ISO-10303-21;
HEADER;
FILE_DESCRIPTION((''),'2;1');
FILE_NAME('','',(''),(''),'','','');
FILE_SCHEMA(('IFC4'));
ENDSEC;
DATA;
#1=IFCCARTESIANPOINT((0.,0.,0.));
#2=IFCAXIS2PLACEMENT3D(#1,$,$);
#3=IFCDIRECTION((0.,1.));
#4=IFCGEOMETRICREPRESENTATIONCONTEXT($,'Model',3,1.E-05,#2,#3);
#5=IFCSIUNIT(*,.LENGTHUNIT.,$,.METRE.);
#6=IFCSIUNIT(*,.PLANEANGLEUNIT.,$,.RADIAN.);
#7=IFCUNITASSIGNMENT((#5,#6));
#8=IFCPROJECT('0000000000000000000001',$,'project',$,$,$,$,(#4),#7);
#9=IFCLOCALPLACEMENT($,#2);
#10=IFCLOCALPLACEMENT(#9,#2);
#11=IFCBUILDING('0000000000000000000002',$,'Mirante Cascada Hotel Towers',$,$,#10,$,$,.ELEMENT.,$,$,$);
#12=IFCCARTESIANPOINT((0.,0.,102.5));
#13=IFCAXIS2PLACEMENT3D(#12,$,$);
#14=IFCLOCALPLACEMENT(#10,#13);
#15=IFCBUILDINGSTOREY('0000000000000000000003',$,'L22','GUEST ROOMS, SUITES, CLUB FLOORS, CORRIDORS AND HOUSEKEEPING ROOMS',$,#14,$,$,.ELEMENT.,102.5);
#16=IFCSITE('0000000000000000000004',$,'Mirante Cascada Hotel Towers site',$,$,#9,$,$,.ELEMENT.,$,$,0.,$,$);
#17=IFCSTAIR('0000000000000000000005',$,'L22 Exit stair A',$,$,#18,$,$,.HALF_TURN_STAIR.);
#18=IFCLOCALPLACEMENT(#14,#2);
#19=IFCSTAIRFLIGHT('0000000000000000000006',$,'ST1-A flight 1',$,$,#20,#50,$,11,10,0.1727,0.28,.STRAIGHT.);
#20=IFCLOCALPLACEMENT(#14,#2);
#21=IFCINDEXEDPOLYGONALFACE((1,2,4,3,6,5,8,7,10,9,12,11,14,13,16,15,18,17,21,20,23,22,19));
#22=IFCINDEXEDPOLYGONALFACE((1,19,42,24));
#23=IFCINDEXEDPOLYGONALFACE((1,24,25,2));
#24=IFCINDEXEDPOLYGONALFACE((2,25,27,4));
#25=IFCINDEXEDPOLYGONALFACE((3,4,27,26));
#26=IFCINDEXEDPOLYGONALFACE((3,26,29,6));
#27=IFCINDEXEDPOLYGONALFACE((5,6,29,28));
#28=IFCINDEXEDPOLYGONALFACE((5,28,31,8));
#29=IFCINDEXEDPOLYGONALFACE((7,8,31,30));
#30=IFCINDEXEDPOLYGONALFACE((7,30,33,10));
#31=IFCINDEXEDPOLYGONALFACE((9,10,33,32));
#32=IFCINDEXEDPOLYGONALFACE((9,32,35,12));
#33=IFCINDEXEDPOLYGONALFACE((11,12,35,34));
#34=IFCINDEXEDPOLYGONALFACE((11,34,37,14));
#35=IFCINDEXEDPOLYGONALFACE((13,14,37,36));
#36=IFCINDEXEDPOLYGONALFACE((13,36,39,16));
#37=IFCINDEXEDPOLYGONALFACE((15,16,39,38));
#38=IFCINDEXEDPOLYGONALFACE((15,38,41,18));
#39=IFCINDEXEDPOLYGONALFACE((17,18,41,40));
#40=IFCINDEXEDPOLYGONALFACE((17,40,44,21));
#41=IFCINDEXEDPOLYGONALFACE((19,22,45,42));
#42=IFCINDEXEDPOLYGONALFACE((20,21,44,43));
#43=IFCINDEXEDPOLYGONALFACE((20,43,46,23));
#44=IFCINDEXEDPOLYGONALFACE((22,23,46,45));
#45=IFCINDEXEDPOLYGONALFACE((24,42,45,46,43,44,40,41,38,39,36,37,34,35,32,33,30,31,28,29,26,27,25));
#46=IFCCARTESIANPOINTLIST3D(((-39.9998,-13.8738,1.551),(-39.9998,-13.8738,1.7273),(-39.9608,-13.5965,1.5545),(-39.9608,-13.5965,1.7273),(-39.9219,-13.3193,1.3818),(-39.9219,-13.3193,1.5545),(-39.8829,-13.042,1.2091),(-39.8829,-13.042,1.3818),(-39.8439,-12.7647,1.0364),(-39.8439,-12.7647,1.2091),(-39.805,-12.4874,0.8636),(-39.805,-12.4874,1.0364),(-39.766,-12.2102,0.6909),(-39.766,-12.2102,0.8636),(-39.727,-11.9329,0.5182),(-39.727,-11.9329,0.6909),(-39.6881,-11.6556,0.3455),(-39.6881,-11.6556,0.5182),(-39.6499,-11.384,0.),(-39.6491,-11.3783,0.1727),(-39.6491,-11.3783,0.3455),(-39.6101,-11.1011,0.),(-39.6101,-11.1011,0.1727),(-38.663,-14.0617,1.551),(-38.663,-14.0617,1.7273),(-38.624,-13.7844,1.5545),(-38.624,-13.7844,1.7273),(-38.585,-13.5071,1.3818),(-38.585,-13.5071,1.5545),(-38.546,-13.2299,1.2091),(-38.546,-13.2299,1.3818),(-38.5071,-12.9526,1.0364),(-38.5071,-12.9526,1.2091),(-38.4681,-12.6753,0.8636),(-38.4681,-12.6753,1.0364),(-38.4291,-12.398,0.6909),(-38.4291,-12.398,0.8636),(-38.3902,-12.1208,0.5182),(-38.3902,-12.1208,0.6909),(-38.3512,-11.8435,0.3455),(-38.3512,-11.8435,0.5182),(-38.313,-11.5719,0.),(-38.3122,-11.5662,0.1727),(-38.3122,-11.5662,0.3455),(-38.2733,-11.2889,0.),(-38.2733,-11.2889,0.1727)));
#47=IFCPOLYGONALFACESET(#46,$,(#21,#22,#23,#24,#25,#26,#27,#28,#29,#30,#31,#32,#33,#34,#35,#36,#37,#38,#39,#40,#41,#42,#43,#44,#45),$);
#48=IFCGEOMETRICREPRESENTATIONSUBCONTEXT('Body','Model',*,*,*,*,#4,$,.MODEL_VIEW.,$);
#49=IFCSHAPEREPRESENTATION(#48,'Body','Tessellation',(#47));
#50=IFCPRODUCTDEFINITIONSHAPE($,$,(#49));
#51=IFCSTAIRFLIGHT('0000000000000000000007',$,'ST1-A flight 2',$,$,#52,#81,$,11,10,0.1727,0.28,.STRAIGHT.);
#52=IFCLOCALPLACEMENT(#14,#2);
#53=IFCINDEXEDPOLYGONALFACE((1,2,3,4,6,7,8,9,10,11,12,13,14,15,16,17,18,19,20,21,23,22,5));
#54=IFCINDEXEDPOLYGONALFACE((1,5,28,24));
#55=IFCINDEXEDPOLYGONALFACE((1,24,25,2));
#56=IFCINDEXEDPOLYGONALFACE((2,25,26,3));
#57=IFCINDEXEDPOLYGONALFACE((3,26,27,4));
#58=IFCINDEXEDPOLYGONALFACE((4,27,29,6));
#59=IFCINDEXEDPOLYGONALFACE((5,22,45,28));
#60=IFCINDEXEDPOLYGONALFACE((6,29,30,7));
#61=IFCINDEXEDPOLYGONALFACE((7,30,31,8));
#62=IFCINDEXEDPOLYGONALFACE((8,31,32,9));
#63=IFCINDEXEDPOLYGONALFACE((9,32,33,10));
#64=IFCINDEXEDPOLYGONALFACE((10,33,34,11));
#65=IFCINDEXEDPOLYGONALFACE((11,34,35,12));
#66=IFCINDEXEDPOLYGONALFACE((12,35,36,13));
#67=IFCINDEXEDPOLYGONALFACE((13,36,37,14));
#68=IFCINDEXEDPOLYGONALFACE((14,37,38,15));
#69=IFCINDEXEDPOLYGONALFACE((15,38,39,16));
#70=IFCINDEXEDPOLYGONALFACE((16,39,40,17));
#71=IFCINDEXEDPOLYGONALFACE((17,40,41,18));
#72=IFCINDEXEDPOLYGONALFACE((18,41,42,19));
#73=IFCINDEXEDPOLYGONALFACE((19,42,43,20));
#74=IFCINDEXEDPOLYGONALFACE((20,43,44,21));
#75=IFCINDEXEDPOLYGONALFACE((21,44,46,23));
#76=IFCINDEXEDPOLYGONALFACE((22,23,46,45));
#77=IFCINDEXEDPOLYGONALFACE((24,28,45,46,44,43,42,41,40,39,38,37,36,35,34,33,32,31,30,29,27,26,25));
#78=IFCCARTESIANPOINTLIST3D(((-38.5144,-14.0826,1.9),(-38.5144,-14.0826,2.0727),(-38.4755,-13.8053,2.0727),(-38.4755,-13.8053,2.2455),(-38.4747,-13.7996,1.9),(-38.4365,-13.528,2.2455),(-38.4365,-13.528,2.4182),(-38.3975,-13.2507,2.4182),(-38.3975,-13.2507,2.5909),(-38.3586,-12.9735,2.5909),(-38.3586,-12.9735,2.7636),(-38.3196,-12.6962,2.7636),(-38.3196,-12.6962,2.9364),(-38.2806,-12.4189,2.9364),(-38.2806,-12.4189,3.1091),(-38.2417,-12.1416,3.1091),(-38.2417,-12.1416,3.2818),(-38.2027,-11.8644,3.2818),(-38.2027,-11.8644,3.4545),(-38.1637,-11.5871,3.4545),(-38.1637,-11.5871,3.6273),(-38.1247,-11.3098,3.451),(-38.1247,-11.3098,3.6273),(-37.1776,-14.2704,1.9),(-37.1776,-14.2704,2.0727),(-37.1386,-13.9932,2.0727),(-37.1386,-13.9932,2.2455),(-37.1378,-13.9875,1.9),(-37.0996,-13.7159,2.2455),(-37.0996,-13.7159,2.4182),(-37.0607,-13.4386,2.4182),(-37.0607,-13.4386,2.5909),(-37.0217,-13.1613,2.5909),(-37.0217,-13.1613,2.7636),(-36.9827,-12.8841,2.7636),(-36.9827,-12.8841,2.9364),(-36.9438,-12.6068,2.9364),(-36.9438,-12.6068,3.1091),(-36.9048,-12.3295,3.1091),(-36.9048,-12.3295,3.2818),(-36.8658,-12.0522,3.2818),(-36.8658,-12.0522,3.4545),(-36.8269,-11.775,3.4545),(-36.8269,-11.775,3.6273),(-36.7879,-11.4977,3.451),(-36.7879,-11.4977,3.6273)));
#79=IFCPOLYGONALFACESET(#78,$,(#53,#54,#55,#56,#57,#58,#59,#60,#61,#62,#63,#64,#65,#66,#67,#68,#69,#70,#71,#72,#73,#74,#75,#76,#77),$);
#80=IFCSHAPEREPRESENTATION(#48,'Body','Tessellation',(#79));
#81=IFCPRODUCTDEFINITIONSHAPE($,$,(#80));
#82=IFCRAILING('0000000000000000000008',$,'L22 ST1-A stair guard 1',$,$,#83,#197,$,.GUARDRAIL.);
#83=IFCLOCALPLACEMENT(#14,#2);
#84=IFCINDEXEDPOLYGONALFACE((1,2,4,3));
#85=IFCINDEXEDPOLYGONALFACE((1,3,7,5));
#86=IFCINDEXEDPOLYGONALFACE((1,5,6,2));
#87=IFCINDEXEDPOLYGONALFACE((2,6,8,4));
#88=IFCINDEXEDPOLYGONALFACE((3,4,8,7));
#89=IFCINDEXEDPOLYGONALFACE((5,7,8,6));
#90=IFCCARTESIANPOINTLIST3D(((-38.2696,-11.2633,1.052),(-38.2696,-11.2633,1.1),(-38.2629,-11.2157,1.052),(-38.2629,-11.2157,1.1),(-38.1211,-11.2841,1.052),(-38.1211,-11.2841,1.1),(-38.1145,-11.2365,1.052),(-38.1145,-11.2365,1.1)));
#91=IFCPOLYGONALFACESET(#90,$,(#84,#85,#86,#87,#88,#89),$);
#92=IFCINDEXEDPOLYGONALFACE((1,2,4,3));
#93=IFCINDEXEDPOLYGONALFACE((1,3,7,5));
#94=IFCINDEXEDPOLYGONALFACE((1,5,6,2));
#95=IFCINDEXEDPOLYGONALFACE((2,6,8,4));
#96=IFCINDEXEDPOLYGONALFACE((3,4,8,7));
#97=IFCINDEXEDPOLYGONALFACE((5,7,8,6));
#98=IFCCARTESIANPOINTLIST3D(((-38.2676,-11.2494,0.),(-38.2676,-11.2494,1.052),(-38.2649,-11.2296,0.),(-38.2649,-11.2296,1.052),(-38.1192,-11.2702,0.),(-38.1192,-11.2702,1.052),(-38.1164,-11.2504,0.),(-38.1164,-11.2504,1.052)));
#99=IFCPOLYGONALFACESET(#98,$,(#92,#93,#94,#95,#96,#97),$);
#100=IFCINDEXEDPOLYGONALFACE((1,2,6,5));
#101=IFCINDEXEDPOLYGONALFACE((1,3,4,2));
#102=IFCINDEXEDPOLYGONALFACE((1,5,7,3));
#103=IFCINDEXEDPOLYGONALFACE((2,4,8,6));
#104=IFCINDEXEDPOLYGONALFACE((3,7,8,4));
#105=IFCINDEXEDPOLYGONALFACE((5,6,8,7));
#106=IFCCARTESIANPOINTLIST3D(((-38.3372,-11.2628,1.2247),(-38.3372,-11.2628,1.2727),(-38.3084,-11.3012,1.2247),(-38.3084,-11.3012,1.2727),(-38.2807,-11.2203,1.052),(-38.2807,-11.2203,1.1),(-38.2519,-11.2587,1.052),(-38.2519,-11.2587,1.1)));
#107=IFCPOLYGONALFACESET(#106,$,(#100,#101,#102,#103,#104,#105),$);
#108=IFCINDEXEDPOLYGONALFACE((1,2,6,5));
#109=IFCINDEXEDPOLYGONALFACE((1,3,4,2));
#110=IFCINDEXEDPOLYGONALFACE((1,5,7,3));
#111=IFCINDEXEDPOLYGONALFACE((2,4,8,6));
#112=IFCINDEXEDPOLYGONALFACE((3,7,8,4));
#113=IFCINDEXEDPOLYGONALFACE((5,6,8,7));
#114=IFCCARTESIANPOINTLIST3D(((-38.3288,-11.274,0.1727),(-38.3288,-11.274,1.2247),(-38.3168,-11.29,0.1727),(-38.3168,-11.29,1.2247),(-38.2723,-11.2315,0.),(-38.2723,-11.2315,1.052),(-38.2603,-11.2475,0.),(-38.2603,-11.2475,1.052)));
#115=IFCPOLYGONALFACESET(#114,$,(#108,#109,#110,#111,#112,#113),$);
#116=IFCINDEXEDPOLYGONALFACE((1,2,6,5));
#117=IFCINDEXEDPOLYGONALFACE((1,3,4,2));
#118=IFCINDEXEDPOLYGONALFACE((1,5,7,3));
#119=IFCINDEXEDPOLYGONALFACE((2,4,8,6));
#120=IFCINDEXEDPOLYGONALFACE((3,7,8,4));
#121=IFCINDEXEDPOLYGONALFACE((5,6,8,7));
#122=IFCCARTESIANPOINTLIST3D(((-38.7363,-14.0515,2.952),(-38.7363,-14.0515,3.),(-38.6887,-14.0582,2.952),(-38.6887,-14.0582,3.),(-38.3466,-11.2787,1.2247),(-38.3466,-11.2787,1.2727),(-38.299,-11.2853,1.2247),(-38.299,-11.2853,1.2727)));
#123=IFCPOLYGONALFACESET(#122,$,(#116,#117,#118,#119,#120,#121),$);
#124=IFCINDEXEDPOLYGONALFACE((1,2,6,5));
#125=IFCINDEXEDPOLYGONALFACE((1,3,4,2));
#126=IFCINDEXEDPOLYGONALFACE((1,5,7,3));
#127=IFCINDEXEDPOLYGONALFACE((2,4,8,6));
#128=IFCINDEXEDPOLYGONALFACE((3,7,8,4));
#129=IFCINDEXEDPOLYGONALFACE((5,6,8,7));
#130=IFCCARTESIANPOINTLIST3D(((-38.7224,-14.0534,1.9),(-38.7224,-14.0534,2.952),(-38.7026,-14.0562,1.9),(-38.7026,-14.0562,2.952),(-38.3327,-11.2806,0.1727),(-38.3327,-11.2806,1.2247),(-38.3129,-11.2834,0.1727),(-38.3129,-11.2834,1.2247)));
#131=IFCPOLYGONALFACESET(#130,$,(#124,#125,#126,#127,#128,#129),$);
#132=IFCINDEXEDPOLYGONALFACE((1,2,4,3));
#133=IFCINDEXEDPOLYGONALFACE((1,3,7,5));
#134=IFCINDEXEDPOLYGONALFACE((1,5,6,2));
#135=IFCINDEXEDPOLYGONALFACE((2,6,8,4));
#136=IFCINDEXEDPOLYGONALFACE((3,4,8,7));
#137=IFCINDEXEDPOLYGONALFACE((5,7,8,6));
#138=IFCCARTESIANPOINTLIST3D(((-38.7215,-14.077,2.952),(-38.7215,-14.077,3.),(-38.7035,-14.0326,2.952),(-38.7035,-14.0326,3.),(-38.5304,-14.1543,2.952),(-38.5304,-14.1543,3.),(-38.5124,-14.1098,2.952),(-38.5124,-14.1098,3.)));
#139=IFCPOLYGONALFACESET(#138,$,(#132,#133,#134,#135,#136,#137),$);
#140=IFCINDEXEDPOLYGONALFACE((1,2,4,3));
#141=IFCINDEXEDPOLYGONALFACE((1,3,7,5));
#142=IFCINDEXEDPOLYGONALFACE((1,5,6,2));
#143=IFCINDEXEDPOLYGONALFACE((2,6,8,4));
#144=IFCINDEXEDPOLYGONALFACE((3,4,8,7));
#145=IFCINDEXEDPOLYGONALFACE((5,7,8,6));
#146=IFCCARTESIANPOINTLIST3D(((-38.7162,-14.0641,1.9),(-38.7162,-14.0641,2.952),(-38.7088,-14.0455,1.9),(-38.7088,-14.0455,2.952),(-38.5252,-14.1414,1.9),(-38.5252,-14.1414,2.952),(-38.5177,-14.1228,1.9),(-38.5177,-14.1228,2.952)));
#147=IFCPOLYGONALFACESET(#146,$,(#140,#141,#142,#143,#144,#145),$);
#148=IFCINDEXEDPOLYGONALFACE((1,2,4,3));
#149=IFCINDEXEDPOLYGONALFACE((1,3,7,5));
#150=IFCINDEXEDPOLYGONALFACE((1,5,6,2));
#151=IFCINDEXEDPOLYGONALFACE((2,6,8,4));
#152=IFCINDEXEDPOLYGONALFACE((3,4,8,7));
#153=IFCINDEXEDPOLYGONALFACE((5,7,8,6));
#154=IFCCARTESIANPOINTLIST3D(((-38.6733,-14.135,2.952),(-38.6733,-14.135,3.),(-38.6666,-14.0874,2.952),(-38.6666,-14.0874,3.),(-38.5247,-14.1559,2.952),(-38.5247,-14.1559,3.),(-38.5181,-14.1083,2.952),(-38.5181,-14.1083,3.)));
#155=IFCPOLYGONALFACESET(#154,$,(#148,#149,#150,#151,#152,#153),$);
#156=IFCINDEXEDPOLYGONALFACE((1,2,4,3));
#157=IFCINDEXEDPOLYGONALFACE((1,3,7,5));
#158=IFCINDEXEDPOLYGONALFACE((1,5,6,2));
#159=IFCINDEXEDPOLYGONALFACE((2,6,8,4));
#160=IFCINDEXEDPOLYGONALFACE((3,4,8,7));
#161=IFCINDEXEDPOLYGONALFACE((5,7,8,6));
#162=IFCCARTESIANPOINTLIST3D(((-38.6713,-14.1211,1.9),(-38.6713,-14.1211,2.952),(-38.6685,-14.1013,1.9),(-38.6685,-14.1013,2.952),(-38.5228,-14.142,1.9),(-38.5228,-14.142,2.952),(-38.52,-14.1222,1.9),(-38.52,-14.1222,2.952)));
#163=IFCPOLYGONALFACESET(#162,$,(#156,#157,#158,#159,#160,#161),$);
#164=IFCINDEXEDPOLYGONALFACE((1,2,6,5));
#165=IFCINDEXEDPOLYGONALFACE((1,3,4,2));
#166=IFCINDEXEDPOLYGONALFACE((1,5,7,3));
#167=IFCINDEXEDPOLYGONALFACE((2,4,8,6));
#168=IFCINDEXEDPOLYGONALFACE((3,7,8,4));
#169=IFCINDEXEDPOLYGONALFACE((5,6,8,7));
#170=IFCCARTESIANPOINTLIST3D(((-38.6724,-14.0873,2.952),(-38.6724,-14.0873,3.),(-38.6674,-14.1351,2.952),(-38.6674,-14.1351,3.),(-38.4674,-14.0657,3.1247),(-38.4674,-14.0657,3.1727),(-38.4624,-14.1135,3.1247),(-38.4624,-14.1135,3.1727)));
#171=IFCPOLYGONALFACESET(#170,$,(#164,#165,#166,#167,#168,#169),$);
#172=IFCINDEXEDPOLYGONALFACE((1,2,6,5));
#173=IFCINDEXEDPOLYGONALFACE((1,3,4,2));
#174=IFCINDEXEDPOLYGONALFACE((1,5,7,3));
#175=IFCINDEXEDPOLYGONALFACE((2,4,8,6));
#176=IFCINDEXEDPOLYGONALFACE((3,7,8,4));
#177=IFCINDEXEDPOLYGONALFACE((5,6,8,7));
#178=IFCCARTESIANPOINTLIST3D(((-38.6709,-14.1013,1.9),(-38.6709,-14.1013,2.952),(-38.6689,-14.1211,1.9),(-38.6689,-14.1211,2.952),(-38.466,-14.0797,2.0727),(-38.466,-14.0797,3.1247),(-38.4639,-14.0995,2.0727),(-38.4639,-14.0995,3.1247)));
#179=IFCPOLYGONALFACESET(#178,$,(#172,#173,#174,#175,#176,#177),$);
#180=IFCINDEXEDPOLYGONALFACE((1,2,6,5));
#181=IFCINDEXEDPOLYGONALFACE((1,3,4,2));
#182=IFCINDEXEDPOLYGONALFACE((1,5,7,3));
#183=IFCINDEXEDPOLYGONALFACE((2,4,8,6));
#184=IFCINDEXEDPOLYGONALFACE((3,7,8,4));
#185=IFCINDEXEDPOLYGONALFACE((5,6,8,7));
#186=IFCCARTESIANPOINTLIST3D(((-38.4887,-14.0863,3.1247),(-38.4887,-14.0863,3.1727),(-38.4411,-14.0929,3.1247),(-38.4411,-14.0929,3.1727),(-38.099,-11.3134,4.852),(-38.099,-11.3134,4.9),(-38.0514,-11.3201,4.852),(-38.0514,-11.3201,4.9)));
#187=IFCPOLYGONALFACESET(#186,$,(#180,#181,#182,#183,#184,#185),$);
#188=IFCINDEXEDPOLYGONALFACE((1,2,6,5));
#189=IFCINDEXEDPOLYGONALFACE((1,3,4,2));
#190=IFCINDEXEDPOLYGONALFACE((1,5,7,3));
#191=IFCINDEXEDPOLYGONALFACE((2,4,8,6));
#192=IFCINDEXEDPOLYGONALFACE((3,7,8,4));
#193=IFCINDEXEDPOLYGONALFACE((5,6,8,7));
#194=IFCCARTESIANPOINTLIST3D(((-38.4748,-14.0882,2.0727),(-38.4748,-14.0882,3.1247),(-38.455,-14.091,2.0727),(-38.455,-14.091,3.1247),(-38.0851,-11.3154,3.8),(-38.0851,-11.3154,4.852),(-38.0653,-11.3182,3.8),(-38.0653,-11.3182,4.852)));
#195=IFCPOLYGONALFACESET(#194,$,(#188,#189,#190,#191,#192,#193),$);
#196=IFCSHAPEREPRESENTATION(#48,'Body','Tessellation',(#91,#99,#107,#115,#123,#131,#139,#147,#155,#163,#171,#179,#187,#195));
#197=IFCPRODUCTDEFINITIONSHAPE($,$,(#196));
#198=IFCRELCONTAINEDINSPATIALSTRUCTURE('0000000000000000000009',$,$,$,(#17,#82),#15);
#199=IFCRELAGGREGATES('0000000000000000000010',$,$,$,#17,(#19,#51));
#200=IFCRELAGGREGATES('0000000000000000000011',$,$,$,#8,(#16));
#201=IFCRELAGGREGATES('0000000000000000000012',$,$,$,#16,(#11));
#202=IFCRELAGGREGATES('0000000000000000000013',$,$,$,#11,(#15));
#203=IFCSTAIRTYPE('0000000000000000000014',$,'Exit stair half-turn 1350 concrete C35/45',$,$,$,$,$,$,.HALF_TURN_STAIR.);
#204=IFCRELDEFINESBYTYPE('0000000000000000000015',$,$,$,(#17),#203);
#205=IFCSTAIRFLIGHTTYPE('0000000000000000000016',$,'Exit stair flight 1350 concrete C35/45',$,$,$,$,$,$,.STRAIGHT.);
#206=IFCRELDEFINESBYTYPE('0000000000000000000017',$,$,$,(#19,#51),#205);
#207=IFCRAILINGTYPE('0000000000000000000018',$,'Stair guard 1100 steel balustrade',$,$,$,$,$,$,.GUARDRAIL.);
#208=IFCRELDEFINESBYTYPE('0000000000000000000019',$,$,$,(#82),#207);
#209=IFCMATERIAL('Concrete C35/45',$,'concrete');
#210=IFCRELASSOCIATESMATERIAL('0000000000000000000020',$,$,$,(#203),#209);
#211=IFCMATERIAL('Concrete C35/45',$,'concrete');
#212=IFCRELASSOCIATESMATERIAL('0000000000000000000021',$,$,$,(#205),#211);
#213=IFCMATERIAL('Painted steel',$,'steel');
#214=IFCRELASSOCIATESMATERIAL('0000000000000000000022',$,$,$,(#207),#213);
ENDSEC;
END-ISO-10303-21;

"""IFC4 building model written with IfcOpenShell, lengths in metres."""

from ifc_helpers import new_model, si_unit, direction, frame, origin, origin_2d, place, context, subcontext, project, spatial, polyline, rectangle, outline, extrude, material, type_object, element, aggregate, save


model = new_model("IFC4")

# Units and contexts
model_context = context("Model", 3, precision=1e-05, world=origin(), true_north=direction((0.0, 1.0)))
body_context = subcontext(model_context, "Body", "Model", "MODEL_VIEW")
ifc_project = project(units=[si_unit("LENGTHUNIT", "METRE"), si_unit("PLANEANGLEUNIT", "RADIAN")], contexts=[model_context])

# Site, building, storey
site_placement = place(None, origin())
site = spatial("IfcSite", under=ifc_project, at=site_placement, Name="Mirante Cascada Hotel Towers site", CompositionType="ELEMENT", RefElevation=0.0)
building_placement = place(site_placement, origin())
building = spatial("IfcBuilding", under=site, at=building_placement, Name="Mirante Cascada Hotel Towers", CompositionType="ELEMENT")
storey_placement = place(building_placement, frame((0.0, 0.0, 102.5)))
storey = spatial("IfcBuildingStorey", under=building, at=storey_placement, Name="L22", Description="GUEST ROOMS, SUITES, CLUB FLOORS, CORRIDORS AND HOUSEKEEPING ROOMS", CompositionType="ELEMENT", Elevation=102.5)

# Stair, stair flights
ifc_material_1 = material(Name="Concrete C35/45", Category="concrete")
stair_type = type_object("IfcStairType", Name="Exit stair half-turn 1350 concrete C35/45", PredefinedType="HALF_TURN_STAIR", material=ifc_material_1)
stair_placement = place(storey_placement, origin())
stair = element("IfcStair", 1, at=stair_placement, inside=storey, type_object=stair_type, Name="L22 Exit stair A", PredefinedType="HALF_TURN_STAIR")
ifc_material_2 = material(Name="Concrete C35/45", Category="concrete")
stair_flight_type = type_object("IfcStairFlightType", Name="Exit stair flight 1350 concrete C35/45", PredefinedType="STRAIGHT", material=ifc_material_2)
stair_flight_1_placement = place(storey_placement, frame((-38.9417, -11.195, 0.0), z_axis=(0.0, 0.0, 1.0), x_axis=(-0.139173, -0.990268, 0.0)))
stair_flight_1 = element("IfcStairFlight", 2, at=stair_flight_1_placement, type_object=stair_flight_type, Name="ST1-A flight 1", NumberOfRisers=11, NumberOfTreads=10, PredefinedType="STRAIGHT", RiserHeight=0.1727, TreadLength=0.28, context=body_context, shape_type="SweptSolid", body=[
    extrude(outline(polyline([(0.0, 0.0), (0.0, 0.1727), (0.28, 0.1727), (0.28, 0.3455), (0.56, 0.3455), (0.56, 0.5182), (0.84, 0.5182), (0.84, 0.6909), (1.12, 0.6909), (1.12, 0.8636), (1.4, 0.8636), (1.4, 1.0364), (1.68, 1.0364), (1.68, 1.2091), (1.96, 1.2091), (1.96, 1.3818), (2.24, 1.3818), (2.24, 1.5545), (2.52, 1.5545), (2.52, 1.7273), (2.8, 1.7273), (2.8, 1.9), (2.8, 1.551), (0.2857, 0.0), (0.0, 0.0)])), frame((0.0, 0.675, 0.0), z_axis=(0.0, -1.0, 0.0), x_axis=(1.0, 0.0, 0.0)), (0.0, 0.0, 1.0), 1.35),
])
stair_flight_2_placement = place(storey_placement, frame((-37.846, -14.1765, 1.9), z_axis=(0.0, 0.0, 1.0), x_axis=(0.139173, 0.990268, 0.0)))
stair_flight_2 = element("IfcStairFlight", 3, at=stair_flight_2_placement, type_object=stair_flight_type, Name="ST1-A flight 2", NumberOfRisers=11, NumberOfTreads=10, PredefinedType="STRAIGHT", RiserHeight=0.1727, TreadLength=0.28, context=body_context, shape_type="SweptSolid", body=[
    extrude(outline(polyline([(0.0, 0.0), (0.0, 0.1727), (0.28, 0.1727), (0.28, 0.3455), (0.56, 0.3455), (0.56, 0.5182), (0.84, 0.5182), (0.84, 0.6909), (1.12, 0.6909), (1.12, 0.8636), (1.4, 0.8636), (1.4, 1.0364), (1.68, 1.0364), (1.68, 1.2091), (1.96, 1.2091), (1.96, 1.3818), (2.24, 1.3818), (2.24, 1.5545), (2.52, 1.5545), (2.52, 1.7273), (2.8, 1.7273), (2.8, 1.9), (2.8, 1.551), (0.2857, 0.0), (0.0, 0.0)])), frame((0.0, 0.675, 0.0), z_axis=(0.0, -1.0, 0.0), x_axis=(1.0, 0.0, 0.0)), (0.0, 0.0, 1.0), 1.35),
])
aggregate(stair, [stair_flight_1, stair_flight_2])

# Railing
ifc_material_3 = material(Name="Painted steel", Category="steel")
railing_type_1 = type_object("IfcRailingType", Name="Stair guard 1100 steel balustrade", PredefinedType="GUARDRAIL", material=ifc_material_3)
railing_1_placement = place(storey_placement, frame((-38.1178, -11.2603, 0.0)))
element("IfcRailing", 4, at=railing_1_placement, inside=storey, type_object=railing_type_1, Name="L22 ST1-A stair guard 1", PredefinedType="GUARDRAIL", context=body_context, shape_type="SweptSolid", body=[
    extrude(rectangle(XDim=0.048, YDim=0.048, at=origin_2d()), frame((0.0, 0.0, 1.076), z_axis=(-0.990333, 0.138713, 0.0), x_axis=(-0.138713, -0.990333, 0.0)), (0.0, 0.0, 1.0), 0.1499),
    extrude(rectangle(XDim=0.02, YDim=1.052, at=origin_2d()), frame((0.0, 0.0, 0.526), z_axis=(-0.990333, 0.138713, 0.0), x_axis=(-0.138713, -0.990333, 0.0)), (0.0, 0.0, 1.0), 0.1499),
    extrude(rectangle(XDim=0.048, YDim=0.048, at=origin_2d()), frame((-0.1485, 0.0208, 1.076), z_axis=(-0.79915, -0.601131, 0.0), x_axis=(0.601131, -0.79915, 0.0)), (0.0, 0.925453, 0.378863), 0.1866),
    extrude(rectangle(XDim=0.02, YDim=1.052, at=origin_2d()), frame((-0.1485, 0.0208, 0.526), z_axis=(-0.79915, -0.601131, 0.0), x_axis=(0.601131, -0.79915, 0.0)), (0.0, 0.925453, 0.378863), 0.1866),
    extrude(rectangle(XDim=0.048, YDim=0.048, at=origin_2d()), frame((-0.205, -0.0217, 1.2487), z_axis=(-0.139176, -0.990268, 0.0), x_axis=(0.990268, -0.139176, 0.0)), (0.0, 0.525021, 0.851089), 3.29),
    extrude(rectangle(XDim=0.02, YDim=1.052, at=origin_2d()), frame((-0.205, -0.0217, 0.6987), z_axis=(-0.139176, -0.990268, 0.0), x_axis=(0.990268, -0.139176, 0.0)), (0.0, 0.525021, 0.851089), 3.29),
    extrude(rectangle(XDim=0.048, YDim=0.048, at=origin_2d()), frame((-0.5947, -2.7945, 2.976), z_axis=(0.927031, -0.374984, 0.0), x_axis=(0.374984, 0.927031, 0.0)), (0.0, 0.0, 1.0), 0.2061),
    extrude(rectangle(XDim=0.02, YDim=1.052, at=origin_2d()), frame((-0.5947, -2.7945, 2.426), z_axis=(0.927031, -0.374984, 0.0), x_axis=(0.374984, 0.927031, 0.0)), (0.0, 0.0, 1.0), 0.2061),
    extrude(rectangle(XDim=0.048, YDim=0.048, at=origin_2d()), frame((-0.4036, -2.8718, 2.976), z_axis=(-0.990241, 0.139367, 0.0), x_axis=(-0.139367, -0.990241, 0.0)), (0.0, 0.0, 1.0), 0.15),
    extrude(rectangle(XDim=0.02, YDim=1.052, at=origin_2d()), frame((-0.4036, -2.8718, 2.426), z_axis=(-0.990241, 0.139367, 0.0), x_axis=(-0.139367, -0.990241, 0.0)), (0.0, 0.0, 1.0), 0.15),
    extrude(rectangle(XDim=0.048, YDim=0.048, at=origin_2d()), frame((-0.5521, -2.8509, 2.976), z_axis=(0.994495, 0.104786, 0.0), x_axis=(-0.104786, 0.994495, 0.0)), (0.0, 0.642203, 0.766534), 0.2689),
    extrude(rectangle(XDim=0.02, YDim=1.052, at=origin_2d()), frame((-0.5521, -2.8509, 2.426), z_axis=(0.994495, 0.104786, 0.0), x_axis=(-0.104786, 0.994495, 0.0)), (0.0, 0.642203, 0.766534), 0.2689),
    extrude(rectangle(XDim=0.048, YDim=0.048, at=origin_2d()), frame((-0.3471, -2.8293, 3.1487), z_axis=(0.139176, 0.990268, 0.0), x_axis=(-0.990268, 0.139176, 0.0)), (0.0, 0.525021, 0.851089), 3.29),
    extrude(rectangle(XDim=0.02, YDim=1.052, at=origin_2d()), frame((-0.3471, -2.8293, 2.5987), z_axis=(0.139176, 0.990268, 0.0), x_axis=(-0.990268, 0.139176, 0.0)), (0.0, 0.525021, 0.851089), 3.29),
])

save(model, "model.ifc")
